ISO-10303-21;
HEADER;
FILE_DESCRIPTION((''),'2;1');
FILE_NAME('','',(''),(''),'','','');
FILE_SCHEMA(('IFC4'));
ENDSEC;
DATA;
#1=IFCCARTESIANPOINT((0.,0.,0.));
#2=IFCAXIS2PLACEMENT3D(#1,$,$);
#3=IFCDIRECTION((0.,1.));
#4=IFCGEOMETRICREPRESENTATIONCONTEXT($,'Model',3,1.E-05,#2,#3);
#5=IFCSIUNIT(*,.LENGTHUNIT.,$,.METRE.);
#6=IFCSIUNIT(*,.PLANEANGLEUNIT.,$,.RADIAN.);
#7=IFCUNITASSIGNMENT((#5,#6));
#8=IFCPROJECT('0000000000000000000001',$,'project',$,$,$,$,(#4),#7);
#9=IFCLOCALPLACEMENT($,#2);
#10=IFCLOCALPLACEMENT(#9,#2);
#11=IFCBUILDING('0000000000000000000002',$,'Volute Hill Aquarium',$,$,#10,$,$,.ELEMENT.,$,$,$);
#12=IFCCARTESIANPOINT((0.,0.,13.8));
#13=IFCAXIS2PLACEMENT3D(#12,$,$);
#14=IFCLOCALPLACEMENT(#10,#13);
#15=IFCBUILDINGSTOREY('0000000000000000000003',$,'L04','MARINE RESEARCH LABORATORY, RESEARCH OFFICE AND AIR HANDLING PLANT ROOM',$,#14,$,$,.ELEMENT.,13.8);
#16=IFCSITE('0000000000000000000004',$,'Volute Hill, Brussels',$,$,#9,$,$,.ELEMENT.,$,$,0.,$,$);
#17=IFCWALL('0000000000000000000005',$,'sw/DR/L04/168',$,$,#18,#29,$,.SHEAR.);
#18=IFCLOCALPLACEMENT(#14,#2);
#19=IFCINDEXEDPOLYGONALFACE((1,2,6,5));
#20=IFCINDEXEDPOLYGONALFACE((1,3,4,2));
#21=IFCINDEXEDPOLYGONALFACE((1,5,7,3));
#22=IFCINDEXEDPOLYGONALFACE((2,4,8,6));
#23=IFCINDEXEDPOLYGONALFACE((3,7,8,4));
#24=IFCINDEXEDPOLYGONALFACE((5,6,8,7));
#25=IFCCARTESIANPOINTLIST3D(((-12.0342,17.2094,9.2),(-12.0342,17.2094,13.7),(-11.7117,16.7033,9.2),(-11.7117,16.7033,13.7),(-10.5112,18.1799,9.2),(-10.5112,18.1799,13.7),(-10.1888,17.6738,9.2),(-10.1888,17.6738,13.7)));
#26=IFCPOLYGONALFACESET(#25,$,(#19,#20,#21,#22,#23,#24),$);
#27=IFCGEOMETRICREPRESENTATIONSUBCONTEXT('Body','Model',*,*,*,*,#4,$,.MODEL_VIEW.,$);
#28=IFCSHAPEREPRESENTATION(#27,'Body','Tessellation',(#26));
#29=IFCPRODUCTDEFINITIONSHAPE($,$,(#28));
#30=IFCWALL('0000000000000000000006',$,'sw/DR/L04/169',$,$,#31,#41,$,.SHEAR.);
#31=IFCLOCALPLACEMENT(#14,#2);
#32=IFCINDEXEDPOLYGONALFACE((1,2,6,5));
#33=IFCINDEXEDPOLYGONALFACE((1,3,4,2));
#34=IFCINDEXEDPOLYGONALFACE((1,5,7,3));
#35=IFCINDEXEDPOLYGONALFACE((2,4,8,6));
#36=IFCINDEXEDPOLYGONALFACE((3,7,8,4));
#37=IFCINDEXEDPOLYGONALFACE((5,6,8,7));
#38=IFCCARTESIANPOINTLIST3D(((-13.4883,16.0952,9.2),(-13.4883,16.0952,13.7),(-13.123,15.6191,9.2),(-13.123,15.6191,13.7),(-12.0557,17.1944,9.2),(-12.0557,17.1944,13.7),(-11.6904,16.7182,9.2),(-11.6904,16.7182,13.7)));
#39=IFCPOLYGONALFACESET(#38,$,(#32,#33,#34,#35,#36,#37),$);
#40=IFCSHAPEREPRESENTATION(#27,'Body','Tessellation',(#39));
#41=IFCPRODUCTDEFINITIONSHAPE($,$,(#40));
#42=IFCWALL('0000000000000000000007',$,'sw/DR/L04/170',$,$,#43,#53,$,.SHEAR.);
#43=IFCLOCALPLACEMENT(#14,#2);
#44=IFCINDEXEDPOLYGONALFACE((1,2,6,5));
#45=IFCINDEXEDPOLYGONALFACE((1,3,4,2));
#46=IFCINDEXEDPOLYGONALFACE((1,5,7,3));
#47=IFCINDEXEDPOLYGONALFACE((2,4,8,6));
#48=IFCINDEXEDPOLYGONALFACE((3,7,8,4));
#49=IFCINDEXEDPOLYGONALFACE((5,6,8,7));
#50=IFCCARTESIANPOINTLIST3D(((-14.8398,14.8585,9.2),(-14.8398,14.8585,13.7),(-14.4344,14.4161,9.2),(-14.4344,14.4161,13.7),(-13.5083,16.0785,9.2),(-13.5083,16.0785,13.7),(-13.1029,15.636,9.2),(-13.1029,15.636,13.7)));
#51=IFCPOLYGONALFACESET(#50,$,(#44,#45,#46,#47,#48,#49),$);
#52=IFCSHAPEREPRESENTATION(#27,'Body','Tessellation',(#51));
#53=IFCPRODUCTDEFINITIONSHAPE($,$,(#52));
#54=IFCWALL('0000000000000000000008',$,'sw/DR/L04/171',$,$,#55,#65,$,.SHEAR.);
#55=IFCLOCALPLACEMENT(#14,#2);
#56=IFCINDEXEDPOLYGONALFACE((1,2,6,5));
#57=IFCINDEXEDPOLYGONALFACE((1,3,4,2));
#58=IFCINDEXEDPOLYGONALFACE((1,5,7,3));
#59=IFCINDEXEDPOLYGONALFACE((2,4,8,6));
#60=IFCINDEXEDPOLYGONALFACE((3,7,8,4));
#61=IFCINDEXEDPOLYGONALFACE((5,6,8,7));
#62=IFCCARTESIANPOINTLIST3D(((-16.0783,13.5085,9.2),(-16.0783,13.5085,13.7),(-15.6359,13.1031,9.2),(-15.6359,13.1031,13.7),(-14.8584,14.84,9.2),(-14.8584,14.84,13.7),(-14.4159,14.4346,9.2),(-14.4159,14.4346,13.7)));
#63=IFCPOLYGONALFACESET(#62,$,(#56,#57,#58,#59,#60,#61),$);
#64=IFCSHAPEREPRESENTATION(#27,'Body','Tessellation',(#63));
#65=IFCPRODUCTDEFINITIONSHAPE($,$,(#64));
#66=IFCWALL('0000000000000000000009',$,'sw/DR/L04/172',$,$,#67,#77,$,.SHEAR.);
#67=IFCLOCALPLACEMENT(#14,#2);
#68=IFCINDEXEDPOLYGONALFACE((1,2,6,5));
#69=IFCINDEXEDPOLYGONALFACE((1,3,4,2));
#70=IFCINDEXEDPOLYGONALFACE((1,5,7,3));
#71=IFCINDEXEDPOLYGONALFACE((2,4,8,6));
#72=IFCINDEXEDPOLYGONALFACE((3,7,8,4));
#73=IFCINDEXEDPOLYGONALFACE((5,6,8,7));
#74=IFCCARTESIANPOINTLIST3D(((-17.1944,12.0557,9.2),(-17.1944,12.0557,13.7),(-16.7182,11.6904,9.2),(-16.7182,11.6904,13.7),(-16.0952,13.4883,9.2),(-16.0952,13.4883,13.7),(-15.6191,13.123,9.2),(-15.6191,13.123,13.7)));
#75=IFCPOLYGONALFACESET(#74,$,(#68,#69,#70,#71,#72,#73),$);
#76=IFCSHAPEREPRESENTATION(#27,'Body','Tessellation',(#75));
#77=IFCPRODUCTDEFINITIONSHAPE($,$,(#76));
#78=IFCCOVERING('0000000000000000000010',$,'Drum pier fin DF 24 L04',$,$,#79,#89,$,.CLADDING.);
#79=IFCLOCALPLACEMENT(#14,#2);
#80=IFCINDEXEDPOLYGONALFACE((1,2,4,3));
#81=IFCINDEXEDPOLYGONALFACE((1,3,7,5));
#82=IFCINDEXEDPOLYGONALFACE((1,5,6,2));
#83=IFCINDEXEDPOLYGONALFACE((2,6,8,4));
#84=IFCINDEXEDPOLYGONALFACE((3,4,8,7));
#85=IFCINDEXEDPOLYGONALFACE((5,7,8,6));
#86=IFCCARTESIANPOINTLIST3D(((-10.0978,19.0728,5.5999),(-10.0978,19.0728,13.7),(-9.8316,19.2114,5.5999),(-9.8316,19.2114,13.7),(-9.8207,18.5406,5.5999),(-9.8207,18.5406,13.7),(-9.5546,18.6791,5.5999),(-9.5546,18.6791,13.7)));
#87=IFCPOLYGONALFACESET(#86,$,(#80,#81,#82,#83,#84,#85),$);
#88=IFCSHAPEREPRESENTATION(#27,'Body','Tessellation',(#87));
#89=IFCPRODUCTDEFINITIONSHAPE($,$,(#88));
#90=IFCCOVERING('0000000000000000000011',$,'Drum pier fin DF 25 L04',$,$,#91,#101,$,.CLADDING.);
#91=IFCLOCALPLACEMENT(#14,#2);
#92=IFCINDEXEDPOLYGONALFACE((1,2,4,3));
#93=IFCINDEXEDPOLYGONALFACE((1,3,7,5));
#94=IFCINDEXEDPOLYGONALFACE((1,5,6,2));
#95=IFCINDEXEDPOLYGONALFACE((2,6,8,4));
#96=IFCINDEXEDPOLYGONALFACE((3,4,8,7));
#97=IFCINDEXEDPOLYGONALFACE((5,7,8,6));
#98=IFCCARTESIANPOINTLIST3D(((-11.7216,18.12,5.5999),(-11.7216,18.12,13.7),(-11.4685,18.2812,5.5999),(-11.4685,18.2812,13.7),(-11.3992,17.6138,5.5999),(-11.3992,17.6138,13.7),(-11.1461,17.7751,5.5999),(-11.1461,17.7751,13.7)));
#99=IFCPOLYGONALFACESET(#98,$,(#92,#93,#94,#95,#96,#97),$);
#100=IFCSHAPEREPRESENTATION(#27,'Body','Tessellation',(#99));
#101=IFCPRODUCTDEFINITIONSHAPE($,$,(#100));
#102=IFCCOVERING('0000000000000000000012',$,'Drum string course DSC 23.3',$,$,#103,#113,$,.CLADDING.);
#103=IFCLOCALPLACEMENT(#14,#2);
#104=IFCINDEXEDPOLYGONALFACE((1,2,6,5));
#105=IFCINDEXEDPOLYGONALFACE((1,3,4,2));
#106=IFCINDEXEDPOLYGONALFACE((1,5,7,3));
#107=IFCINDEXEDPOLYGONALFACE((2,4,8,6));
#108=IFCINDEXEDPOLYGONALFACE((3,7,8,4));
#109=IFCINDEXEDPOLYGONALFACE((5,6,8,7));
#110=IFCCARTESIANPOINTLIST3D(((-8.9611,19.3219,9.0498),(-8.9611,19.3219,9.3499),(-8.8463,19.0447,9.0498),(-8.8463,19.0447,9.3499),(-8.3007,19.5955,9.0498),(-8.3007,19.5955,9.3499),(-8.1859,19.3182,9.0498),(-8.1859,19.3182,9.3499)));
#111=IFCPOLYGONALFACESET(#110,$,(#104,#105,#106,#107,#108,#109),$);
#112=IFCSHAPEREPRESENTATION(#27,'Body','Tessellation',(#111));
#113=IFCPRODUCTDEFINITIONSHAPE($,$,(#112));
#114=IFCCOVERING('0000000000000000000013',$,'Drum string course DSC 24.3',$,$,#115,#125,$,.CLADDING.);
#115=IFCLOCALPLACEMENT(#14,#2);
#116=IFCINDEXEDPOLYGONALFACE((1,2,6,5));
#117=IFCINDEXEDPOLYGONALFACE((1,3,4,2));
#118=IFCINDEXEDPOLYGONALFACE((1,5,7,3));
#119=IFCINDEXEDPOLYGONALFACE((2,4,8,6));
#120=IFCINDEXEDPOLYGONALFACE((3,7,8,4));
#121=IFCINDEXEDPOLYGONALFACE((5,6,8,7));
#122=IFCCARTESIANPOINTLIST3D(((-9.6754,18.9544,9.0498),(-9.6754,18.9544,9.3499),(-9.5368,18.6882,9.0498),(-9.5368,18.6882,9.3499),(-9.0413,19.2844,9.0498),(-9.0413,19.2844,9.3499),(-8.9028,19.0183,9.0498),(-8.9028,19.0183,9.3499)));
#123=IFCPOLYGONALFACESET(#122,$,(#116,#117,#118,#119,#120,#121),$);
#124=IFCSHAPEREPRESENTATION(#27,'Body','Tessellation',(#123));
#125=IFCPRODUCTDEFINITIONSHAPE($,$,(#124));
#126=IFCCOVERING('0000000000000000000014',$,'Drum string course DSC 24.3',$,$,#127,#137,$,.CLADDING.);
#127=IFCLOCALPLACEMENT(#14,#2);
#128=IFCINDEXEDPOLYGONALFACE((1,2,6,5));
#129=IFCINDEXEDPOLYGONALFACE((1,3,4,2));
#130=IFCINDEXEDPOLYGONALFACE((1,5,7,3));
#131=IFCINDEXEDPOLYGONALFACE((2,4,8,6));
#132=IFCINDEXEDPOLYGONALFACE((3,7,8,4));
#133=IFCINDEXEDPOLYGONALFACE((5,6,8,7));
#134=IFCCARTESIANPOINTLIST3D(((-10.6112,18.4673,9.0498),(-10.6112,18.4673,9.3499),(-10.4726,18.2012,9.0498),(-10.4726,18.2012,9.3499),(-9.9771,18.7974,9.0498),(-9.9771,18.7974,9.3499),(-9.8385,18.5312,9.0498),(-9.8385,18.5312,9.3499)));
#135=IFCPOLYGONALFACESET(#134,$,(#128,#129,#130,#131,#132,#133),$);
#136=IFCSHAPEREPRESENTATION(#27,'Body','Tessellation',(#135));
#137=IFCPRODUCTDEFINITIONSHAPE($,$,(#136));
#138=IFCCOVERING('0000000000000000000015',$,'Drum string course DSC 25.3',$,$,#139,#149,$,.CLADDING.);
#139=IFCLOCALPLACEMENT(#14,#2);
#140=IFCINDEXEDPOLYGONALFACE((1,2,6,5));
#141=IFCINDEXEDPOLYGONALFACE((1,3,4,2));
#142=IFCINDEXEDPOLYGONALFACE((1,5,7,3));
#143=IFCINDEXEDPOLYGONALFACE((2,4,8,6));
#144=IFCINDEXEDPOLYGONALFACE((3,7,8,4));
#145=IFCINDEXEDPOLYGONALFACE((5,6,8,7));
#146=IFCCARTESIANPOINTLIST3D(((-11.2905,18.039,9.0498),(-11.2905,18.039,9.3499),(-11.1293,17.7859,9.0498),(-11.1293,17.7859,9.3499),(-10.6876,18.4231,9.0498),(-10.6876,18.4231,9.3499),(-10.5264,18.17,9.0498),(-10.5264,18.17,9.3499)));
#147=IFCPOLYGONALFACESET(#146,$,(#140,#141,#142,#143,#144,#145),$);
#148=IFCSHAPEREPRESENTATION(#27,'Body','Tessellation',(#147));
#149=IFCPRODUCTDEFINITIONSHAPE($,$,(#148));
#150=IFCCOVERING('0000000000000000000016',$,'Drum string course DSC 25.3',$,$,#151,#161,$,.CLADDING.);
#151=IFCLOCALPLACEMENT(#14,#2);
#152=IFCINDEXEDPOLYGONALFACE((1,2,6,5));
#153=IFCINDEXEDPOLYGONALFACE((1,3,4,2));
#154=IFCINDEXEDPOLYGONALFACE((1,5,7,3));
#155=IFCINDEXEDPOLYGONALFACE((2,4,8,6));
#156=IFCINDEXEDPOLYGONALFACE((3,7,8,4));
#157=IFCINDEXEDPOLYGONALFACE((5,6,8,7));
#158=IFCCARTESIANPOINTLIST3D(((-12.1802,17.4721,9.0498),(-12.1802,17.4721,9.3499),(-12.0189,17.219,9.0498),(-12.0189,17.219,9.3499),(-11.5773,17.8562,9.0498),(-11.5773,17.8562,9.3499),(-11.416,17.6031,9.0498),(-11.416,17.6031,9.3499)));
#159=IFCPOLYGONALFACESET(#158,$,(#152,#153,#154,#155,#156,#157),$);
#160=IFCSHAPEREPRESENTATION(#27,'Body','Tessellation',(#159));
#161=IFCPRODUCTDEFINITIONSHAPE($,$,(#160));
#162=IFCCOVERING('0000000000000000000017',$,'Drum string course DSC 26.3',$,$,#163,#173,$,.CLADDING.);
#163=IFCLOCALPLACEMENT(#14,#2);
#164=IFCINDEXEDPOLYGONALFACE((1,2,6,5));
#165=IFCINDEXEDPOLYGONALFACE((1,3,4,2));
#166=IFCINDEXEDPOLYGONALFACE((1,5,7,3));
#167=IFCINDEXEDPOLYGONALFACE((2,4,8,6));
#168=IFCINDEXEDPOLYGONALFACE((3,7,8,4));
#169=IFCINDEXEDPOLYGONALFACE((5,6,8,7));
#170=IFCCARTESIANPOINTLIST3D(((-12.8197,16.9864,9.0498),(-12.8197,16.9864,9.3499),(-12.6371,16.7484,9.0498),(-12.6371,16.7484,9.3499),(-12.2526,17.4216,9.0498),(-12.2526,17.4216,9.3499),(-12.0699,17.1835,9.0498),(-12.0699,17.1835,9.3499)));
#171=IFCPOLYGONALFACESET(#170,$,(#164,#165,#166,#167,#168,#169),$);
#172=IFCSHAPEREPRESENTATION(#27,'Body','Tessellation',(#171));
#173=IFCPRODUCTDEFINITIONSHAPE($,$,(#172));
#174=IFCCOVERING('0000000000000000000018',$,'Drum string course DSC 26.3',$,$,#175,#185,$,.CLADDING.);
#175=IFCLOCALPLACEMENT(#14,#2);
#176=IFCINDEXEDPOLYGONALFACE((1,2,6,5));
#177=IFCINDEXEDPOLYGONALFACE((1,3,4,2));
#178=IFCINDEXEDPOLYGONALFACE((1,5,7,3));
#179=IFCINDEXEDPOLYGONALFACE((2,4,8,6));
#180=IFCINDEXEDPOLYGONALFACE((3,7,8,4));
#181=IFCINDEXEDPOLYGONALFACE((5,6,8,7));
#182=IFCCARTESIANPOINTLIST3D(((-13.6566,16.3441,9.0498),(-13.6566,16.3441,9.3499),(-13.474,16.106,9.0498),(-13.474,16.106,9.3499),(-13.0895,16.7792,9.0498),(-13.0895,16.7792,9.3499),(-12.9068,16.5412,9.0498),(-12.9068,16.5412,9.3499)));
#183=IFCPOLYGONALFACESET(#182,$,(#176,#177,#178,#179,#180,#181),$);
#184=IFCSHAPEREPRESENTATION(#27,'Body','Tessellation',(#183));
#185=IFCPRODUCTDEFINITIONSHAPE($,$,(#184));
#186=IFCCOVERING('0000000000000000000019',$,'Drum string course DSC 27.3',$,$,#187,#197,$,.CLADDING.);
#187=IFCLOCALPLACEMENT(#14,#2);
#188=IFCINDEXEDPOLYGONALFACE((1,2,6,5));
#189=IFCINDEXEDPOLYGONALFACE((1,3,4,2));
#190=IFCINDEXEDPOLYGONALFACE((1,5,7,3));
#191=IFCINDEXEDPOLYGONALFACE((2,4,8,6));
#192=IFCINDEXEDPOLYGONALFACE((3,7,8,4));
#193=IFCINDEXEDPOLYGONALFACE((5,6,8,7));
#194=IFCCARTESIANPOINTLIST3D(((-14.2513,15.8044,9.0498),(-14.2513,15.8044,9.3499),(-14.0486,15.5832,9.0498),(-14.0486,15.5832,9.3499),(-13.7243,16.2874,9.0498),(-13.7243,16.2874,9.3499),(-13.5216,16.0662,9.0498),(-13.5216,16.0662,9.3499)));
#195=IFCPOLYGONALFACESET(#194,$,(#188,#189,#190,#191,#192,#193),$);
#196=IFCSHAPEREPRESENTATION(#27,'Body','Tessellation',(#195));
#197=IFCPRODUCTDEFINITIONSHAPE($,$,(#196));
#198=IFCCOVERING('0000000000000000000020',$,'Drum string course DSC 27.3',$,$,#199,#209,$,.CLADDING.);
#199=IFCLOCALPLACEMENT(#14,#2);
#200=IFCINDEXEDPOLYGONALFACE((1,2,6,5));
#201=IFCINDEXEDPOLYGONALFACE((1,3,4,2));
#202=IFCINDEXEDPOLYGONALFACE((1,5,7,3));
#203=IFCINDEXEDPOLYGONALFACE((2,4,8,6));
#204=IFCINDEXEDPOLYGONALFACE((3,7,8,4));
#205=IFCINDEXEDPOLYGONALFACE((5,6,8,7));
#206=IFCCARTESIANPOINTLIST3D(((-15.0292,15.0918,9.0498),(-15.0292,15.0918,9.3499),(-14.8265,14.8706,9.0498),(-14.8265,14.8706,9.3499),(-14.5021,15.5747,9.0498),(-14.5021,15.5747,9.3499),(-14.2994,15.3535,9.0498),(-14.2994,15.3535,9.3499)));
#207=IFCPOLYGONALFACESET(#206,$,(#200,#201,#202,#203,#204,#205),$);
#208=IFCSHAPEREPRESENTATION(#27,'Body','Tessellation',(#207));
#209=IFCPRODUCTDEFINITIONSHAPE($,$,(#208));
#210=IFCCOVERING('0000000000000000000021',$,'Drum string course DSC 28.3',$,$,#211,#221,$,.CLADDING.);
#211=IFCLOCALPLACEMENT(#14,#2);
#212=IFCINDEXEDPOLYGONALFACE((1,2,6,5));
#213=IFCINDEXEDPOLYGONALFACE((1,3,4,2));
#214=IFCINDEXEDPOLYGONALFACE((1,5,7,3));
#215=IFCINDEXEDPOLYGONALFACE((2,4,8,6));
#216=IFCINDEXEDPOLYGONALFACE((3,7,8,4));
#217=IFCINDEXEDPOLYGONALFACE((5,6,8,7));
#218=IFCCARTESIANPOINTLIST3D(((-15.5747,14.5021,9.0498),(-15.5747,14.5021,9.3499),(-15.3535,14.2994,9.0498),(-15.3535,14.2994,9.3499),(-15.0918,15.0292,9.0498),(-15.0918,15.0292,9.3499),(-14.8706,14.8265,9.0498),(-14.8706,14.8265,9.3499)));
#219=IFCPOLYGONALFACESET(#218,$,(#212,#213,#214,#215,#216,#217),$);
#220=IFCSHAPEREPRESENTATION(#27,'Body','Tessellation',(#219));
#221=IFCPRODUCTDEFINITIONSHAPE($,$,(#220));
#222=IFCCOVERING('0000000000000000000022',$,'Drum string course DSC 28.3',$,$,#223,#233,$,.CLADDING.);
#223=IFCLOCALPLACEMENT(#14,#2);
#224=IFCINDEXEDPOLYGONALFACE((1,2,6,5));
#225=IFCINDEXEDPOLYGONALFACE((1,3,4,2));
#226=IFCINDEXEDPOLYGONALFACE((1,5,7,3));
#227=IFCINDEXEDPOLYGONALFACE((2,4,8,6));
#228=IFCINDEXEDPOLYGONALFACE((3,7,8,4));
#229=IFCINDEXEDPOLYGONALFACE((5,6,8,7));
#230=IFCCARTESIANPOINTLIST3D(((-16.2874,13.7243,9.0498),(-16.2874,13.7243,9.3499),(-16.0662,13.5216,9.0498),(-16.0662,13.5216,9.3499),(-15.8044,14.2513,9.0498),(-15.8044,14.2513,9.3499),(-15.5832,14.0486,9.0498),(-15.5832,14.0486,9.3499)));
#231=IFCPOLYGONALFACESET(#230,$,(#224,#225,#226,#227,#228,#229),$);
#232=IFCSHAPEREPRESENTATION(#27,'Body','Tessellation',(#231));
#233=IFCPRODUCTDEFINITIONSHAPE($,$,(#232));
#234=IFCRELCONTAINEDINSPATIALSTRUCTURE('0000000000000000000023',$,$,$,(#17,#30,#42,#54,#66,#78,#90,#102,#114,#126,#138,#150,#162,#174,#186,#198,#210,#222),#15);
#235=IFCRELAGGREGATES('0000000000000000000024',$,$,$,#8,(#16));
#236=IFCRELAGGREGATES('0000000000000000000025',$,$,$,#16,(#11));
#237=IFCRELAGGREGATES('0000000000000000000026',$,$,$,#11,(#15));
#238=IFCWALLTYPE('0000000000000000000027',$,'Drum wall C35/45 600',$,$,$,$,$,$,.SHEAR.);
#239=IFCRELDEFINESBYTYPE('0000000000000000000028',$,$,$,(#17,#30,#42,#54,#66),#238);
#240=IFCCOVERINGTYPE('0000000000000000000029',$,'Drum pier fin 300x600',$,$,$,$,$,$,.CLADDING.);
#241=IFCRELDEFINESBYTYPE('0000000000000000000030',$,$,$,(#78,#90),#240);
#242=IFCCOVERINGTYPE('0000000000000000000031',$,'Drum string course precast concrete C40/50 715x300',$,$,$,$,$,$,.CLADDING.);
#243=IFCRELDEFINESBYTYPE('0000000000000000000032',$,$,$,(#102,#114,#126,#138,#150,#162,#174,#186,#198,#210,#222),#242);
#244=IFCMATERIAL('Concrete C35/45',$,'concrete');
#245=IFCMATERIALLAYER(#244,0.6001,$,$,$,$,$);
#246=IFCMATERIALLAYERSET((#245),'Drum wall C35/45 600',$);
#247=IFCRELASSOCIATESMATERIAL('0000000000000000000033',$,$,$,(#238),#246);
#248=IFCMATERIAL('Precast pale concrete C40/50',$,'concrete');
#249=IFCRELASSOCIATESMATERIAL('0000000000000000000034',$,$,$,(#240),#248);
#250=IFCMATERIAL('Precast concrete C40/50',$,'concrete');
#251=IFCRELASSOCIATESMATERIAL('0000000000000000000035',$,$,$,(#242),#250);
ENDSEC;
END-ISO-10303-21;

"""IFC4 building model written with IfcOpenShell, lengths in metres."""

from ifc_helpers import new_model, si_unit, direction, frame, frame_2d, origin, origin_2d, place, context, subcontext, project, spatial, rectangle, extrude, material, layer, layer_set, type_object, element, save


model = new_model("IFC4")

# Units and contexts
model_context = context("Model", 3, precision=1e-05, world=origin(), true_north=direction((0.0, 1.0)))
body_context = subcontext(model_context, "Body", "Model", "MODEL_VIEW")
ifc_project = project(units=[si_unit("LENGTHUNIT", "METRE"), si_unit("PLANEANGLEUNIT", "RADIAN")], contexts=[model_context])

# Site, building, storey
site_placement = place(None, origin())
site = spatial("IfcSite", under=ifc_project, at=site_placement, Name="Volute Hill, Brussels", CompositionType="ELEMENT", RefElevation=0.0)
building_placement = place(site_placement, origin())
building = spatial("IfcBuilding", under=site, at=building_placement, Name="Volute Hill Aquarium", CompositionType="ELEMENT")
storey_placement = place(building_placement, frame((0.0, 0.0, 13.8)))
storey = spatial("IfcBuildingStorey", under=building, at=storey_placement, Name="L04", Description="MARINE RESEARCH LABORATORY, RESEARCH OFFICE AND AIR HANDLING PLANT ROOM", CompositionType="ELEMENT", Elevation=13.8)

# Walls
ifc_material_1 = material(Name="Concrete C35/45", Category="concrete")
ifc_layer_1 = layer(ifc_material_1, 0.6001)
ifc_layer_set_1 = layer_set([ifc_layer_1], Name="Drum wall C35/45 600")
wall_type = type_object("IfcWallType", Name="Drum wall C35/45 600", PredefinedType="SHEAR", material=ifc_layer_set_1)
for number, where, z_axis, x_axis, name in (
    (1, (-10.3501, 17.9268, 9.2), (0.0, 0.0, 1.0), (-0.843333, -0.537392, 0.0), "sw/DR/L04/168"),
):
    element("IfcWall", number, at=place(storey_placement, frame(where, z_axis=z_axis, x_axis=x_axis)), inside=storey, type_object=wall_type, Name=name, PredefinedType="SHEAR", context=body_context, shape_type="SweptSolid", body=[
        extrude(rectangle(XDim=1.8059, YDim=0.6001, at=frame_2d((0.9028, 0.0))), origin(), (0.0, 0.0, 1.0), 4.5),
    ])
wall_1_placement = place(storey_placement, frame((-11.873, 16.9563, 9.2), z_axis=(0.0, 0.0, 1.0), x_axis=(-0.793397, -0.608704, 0.0)))
element("IfcWall", 2, at=wall_1_placement, inside=storey, type_object=wall_type, Name="sw/DR/L04/169", PredefinedType="SHEAR", context=body_context, shape_type="SweptSolid", body=[
    extrude(rectangle(XDim=1.8057, YDim=0.6001, at=frame_2d((0.9028, 0.0))), origin(), (0.0, 0.0, 1.0), 4.5),
])
for number, where, z_axis, x_axis, name in (
    (3, (-13.3057, 15.8572, 9.2), (0.0, 0.0, 1.0), (-0.737322, -0.675541, 0.0), "sw/DR/L04/170"),
    (4, (-14.6372, 14.6372, 9.2), (0.0, 0.0, 1.0), (-0.675541, -0.737322, 0.0), "sw/DR/L04/171"),
):
    element("IfcWall", number, at=place(storey_placement, frame(where, z_axis=z_axis, x_axis=x_axis)), inside=storey, type_object=wall_type, Name=name, PredefinedType="SHEAR", context=body_context, shape_type="SweptSolid", body=[
        extrude(rectangle(XDim=1.8059, YDim=0.6001, at=frame_2d((0.9028, 0.0))), origin(), (0.0, 0.0, 1.0), 4.5),
    ])
wall_2_placement = place(storey_placement, frame((-15.8572, 13.3057, 9.2), z_axis=(0.0, 0.0, 1.0), x_axis=(-0.608704, -0.793397, 0.0)))
element("IfcWall", 5, at=wall_2_placement, inside=storey, type_object=wall_type, Name="sw/DR/L04/172", PredefinedType="SHEAR", context=body_context, shape_type="SweptSolid", body=[
    extrude(rectangle(XDim=1.8057, YDim=0.6001, at=frame_2d((0.9028, 0.0))), origin(), (0.0, 0.0, 1.0), 4.5),
])

# Coverings
ifc_material_2 = material(Name="Precast pale concrete C40/50", Category="concrete")
covering_type_1 = type_object("IfcCoveringType", Name="Drum pier fin 300x600", PredefinedType="CLADDING", material=ifc_material_2)
for number, where, z_axis, x_axis, name in (
    (6, (-9.8262, 18.876, 5.5999), (0.0, 0.0, 1.0), (-0.887011, -0.461749, 0.0), "Drum pier fin DF 24 L04"),
    (7, (-11.4338, 17.9475, 5.5999), (0.0, 0.0, 1.0), (-0.843391, -0.5373, 0.0), "Drum pier fin DF 25 L04"),
):
    element("IfcCovering", number, at=place(storey_placement, frame(where, z_axis=z_axis, x_axis=x_axis)), inside=storey, type_object=covering_type_1, Name=name, PredefinedType="CLADDING", context=body_context, shape_type="SweptSolid", body=[
        extrude(rectangle(XDim=0.3, YDim=0.6001, at=origin_2d()), origin(), (0.0, 0.0, 1.0), 8.1001),
    ])
ifc_material_3 = material(Name="Precast concrete C40/50", Category="concrete")
covering_type_2 = type_object("IfcCoveringType", Name="Drum string course precast concrete C40/50 715x300", PredefinedType="CLADDING", material=ifc_material_3)
for number, where, z_axis, x_axis, name in (
    (8, (-8.5735, 19.3201, 9.0498), (0.0, 0.0, 1.0), (-0.92388, -0.382683, 0.0), "Drum string course DSC 23.3"),
    (9, (-9.2891, 18.9863, 9.0498), (0.0, 0.0, 1.0), (-0.887011, -0.461749, 0.0), "Drum string course DSC 24.3"),
    (10, (-10.2249, 18.4993, 9.0498), (0.0, 0.0, 1.0), (-0.887011, -0.461749, 0.0), "Drum string course DSC 24.3"),
    (11, (-10.9084, 18.1045, 9.0498), (0.0, 0.0, 1.0), (-0.843391, -0.5373, 0.0), "Drum string course DSC 25.3"),
    (12, (-11.7981, 17.5376, 9.0498), (0.0, 0.0, 1.0), (-0.843391, -0.5373, 0.0), "Drum string course DSC 25.3"),
    (13, (-12.4448, 17.085, 9.0498), (0.0, 0.0, 1.0), (-0.793353, -0.608761, 0.0), "Drum string course DSC 26.3"),
    (14, (-13.2817, 16.4426, 9.0498), (0.0, 0.0, 1.0), (-0.793353, -0.608761, 0.0), "Drum string course DSC 26.3"),
    (15, (-13.8865, 15.9353, 9.0498), (0.0, 0.0, 1.0), (-0.737277, -0.67559, 0.0), "Drum string course DSC 27.3"),
    (16, (-14.6643, 15.2227, 9.0498), (0.0, 0.0, 1.0), (-0.737277, -0.67559, 0.0), "Drum string course DSC 27.3"),
    (17, (-15.2227, 14.6643, 9.0498), (0.0, 0.0, 1.0), (-0.67559, -0.737277, 0.0), "Drum string course DSC 28.3"),
    (18, (-15.9353, 13.8865, 9.0498), (0.0, 0.0, 1.0), (-0.67559, -0.737277, 0.0), "Drum string course DSC 28.3"),
):
    element("IfcCovering", number, at=place(storey_placement, frame(where, z_axis=z_axis, x_axis=x_axis)), inside=storey, type_object=covering_type_2, Name=name, PredefinedType="CLADDING", context=body_context, shape_type="SweptSolid", body=[
        extrude(rectangle(XDim=0.7148, YDim=0.3, at=origin_2d()), origin(), (0.0, 0.0, 1.0), 0.3),
    ])

save(model, "model.ifc")
